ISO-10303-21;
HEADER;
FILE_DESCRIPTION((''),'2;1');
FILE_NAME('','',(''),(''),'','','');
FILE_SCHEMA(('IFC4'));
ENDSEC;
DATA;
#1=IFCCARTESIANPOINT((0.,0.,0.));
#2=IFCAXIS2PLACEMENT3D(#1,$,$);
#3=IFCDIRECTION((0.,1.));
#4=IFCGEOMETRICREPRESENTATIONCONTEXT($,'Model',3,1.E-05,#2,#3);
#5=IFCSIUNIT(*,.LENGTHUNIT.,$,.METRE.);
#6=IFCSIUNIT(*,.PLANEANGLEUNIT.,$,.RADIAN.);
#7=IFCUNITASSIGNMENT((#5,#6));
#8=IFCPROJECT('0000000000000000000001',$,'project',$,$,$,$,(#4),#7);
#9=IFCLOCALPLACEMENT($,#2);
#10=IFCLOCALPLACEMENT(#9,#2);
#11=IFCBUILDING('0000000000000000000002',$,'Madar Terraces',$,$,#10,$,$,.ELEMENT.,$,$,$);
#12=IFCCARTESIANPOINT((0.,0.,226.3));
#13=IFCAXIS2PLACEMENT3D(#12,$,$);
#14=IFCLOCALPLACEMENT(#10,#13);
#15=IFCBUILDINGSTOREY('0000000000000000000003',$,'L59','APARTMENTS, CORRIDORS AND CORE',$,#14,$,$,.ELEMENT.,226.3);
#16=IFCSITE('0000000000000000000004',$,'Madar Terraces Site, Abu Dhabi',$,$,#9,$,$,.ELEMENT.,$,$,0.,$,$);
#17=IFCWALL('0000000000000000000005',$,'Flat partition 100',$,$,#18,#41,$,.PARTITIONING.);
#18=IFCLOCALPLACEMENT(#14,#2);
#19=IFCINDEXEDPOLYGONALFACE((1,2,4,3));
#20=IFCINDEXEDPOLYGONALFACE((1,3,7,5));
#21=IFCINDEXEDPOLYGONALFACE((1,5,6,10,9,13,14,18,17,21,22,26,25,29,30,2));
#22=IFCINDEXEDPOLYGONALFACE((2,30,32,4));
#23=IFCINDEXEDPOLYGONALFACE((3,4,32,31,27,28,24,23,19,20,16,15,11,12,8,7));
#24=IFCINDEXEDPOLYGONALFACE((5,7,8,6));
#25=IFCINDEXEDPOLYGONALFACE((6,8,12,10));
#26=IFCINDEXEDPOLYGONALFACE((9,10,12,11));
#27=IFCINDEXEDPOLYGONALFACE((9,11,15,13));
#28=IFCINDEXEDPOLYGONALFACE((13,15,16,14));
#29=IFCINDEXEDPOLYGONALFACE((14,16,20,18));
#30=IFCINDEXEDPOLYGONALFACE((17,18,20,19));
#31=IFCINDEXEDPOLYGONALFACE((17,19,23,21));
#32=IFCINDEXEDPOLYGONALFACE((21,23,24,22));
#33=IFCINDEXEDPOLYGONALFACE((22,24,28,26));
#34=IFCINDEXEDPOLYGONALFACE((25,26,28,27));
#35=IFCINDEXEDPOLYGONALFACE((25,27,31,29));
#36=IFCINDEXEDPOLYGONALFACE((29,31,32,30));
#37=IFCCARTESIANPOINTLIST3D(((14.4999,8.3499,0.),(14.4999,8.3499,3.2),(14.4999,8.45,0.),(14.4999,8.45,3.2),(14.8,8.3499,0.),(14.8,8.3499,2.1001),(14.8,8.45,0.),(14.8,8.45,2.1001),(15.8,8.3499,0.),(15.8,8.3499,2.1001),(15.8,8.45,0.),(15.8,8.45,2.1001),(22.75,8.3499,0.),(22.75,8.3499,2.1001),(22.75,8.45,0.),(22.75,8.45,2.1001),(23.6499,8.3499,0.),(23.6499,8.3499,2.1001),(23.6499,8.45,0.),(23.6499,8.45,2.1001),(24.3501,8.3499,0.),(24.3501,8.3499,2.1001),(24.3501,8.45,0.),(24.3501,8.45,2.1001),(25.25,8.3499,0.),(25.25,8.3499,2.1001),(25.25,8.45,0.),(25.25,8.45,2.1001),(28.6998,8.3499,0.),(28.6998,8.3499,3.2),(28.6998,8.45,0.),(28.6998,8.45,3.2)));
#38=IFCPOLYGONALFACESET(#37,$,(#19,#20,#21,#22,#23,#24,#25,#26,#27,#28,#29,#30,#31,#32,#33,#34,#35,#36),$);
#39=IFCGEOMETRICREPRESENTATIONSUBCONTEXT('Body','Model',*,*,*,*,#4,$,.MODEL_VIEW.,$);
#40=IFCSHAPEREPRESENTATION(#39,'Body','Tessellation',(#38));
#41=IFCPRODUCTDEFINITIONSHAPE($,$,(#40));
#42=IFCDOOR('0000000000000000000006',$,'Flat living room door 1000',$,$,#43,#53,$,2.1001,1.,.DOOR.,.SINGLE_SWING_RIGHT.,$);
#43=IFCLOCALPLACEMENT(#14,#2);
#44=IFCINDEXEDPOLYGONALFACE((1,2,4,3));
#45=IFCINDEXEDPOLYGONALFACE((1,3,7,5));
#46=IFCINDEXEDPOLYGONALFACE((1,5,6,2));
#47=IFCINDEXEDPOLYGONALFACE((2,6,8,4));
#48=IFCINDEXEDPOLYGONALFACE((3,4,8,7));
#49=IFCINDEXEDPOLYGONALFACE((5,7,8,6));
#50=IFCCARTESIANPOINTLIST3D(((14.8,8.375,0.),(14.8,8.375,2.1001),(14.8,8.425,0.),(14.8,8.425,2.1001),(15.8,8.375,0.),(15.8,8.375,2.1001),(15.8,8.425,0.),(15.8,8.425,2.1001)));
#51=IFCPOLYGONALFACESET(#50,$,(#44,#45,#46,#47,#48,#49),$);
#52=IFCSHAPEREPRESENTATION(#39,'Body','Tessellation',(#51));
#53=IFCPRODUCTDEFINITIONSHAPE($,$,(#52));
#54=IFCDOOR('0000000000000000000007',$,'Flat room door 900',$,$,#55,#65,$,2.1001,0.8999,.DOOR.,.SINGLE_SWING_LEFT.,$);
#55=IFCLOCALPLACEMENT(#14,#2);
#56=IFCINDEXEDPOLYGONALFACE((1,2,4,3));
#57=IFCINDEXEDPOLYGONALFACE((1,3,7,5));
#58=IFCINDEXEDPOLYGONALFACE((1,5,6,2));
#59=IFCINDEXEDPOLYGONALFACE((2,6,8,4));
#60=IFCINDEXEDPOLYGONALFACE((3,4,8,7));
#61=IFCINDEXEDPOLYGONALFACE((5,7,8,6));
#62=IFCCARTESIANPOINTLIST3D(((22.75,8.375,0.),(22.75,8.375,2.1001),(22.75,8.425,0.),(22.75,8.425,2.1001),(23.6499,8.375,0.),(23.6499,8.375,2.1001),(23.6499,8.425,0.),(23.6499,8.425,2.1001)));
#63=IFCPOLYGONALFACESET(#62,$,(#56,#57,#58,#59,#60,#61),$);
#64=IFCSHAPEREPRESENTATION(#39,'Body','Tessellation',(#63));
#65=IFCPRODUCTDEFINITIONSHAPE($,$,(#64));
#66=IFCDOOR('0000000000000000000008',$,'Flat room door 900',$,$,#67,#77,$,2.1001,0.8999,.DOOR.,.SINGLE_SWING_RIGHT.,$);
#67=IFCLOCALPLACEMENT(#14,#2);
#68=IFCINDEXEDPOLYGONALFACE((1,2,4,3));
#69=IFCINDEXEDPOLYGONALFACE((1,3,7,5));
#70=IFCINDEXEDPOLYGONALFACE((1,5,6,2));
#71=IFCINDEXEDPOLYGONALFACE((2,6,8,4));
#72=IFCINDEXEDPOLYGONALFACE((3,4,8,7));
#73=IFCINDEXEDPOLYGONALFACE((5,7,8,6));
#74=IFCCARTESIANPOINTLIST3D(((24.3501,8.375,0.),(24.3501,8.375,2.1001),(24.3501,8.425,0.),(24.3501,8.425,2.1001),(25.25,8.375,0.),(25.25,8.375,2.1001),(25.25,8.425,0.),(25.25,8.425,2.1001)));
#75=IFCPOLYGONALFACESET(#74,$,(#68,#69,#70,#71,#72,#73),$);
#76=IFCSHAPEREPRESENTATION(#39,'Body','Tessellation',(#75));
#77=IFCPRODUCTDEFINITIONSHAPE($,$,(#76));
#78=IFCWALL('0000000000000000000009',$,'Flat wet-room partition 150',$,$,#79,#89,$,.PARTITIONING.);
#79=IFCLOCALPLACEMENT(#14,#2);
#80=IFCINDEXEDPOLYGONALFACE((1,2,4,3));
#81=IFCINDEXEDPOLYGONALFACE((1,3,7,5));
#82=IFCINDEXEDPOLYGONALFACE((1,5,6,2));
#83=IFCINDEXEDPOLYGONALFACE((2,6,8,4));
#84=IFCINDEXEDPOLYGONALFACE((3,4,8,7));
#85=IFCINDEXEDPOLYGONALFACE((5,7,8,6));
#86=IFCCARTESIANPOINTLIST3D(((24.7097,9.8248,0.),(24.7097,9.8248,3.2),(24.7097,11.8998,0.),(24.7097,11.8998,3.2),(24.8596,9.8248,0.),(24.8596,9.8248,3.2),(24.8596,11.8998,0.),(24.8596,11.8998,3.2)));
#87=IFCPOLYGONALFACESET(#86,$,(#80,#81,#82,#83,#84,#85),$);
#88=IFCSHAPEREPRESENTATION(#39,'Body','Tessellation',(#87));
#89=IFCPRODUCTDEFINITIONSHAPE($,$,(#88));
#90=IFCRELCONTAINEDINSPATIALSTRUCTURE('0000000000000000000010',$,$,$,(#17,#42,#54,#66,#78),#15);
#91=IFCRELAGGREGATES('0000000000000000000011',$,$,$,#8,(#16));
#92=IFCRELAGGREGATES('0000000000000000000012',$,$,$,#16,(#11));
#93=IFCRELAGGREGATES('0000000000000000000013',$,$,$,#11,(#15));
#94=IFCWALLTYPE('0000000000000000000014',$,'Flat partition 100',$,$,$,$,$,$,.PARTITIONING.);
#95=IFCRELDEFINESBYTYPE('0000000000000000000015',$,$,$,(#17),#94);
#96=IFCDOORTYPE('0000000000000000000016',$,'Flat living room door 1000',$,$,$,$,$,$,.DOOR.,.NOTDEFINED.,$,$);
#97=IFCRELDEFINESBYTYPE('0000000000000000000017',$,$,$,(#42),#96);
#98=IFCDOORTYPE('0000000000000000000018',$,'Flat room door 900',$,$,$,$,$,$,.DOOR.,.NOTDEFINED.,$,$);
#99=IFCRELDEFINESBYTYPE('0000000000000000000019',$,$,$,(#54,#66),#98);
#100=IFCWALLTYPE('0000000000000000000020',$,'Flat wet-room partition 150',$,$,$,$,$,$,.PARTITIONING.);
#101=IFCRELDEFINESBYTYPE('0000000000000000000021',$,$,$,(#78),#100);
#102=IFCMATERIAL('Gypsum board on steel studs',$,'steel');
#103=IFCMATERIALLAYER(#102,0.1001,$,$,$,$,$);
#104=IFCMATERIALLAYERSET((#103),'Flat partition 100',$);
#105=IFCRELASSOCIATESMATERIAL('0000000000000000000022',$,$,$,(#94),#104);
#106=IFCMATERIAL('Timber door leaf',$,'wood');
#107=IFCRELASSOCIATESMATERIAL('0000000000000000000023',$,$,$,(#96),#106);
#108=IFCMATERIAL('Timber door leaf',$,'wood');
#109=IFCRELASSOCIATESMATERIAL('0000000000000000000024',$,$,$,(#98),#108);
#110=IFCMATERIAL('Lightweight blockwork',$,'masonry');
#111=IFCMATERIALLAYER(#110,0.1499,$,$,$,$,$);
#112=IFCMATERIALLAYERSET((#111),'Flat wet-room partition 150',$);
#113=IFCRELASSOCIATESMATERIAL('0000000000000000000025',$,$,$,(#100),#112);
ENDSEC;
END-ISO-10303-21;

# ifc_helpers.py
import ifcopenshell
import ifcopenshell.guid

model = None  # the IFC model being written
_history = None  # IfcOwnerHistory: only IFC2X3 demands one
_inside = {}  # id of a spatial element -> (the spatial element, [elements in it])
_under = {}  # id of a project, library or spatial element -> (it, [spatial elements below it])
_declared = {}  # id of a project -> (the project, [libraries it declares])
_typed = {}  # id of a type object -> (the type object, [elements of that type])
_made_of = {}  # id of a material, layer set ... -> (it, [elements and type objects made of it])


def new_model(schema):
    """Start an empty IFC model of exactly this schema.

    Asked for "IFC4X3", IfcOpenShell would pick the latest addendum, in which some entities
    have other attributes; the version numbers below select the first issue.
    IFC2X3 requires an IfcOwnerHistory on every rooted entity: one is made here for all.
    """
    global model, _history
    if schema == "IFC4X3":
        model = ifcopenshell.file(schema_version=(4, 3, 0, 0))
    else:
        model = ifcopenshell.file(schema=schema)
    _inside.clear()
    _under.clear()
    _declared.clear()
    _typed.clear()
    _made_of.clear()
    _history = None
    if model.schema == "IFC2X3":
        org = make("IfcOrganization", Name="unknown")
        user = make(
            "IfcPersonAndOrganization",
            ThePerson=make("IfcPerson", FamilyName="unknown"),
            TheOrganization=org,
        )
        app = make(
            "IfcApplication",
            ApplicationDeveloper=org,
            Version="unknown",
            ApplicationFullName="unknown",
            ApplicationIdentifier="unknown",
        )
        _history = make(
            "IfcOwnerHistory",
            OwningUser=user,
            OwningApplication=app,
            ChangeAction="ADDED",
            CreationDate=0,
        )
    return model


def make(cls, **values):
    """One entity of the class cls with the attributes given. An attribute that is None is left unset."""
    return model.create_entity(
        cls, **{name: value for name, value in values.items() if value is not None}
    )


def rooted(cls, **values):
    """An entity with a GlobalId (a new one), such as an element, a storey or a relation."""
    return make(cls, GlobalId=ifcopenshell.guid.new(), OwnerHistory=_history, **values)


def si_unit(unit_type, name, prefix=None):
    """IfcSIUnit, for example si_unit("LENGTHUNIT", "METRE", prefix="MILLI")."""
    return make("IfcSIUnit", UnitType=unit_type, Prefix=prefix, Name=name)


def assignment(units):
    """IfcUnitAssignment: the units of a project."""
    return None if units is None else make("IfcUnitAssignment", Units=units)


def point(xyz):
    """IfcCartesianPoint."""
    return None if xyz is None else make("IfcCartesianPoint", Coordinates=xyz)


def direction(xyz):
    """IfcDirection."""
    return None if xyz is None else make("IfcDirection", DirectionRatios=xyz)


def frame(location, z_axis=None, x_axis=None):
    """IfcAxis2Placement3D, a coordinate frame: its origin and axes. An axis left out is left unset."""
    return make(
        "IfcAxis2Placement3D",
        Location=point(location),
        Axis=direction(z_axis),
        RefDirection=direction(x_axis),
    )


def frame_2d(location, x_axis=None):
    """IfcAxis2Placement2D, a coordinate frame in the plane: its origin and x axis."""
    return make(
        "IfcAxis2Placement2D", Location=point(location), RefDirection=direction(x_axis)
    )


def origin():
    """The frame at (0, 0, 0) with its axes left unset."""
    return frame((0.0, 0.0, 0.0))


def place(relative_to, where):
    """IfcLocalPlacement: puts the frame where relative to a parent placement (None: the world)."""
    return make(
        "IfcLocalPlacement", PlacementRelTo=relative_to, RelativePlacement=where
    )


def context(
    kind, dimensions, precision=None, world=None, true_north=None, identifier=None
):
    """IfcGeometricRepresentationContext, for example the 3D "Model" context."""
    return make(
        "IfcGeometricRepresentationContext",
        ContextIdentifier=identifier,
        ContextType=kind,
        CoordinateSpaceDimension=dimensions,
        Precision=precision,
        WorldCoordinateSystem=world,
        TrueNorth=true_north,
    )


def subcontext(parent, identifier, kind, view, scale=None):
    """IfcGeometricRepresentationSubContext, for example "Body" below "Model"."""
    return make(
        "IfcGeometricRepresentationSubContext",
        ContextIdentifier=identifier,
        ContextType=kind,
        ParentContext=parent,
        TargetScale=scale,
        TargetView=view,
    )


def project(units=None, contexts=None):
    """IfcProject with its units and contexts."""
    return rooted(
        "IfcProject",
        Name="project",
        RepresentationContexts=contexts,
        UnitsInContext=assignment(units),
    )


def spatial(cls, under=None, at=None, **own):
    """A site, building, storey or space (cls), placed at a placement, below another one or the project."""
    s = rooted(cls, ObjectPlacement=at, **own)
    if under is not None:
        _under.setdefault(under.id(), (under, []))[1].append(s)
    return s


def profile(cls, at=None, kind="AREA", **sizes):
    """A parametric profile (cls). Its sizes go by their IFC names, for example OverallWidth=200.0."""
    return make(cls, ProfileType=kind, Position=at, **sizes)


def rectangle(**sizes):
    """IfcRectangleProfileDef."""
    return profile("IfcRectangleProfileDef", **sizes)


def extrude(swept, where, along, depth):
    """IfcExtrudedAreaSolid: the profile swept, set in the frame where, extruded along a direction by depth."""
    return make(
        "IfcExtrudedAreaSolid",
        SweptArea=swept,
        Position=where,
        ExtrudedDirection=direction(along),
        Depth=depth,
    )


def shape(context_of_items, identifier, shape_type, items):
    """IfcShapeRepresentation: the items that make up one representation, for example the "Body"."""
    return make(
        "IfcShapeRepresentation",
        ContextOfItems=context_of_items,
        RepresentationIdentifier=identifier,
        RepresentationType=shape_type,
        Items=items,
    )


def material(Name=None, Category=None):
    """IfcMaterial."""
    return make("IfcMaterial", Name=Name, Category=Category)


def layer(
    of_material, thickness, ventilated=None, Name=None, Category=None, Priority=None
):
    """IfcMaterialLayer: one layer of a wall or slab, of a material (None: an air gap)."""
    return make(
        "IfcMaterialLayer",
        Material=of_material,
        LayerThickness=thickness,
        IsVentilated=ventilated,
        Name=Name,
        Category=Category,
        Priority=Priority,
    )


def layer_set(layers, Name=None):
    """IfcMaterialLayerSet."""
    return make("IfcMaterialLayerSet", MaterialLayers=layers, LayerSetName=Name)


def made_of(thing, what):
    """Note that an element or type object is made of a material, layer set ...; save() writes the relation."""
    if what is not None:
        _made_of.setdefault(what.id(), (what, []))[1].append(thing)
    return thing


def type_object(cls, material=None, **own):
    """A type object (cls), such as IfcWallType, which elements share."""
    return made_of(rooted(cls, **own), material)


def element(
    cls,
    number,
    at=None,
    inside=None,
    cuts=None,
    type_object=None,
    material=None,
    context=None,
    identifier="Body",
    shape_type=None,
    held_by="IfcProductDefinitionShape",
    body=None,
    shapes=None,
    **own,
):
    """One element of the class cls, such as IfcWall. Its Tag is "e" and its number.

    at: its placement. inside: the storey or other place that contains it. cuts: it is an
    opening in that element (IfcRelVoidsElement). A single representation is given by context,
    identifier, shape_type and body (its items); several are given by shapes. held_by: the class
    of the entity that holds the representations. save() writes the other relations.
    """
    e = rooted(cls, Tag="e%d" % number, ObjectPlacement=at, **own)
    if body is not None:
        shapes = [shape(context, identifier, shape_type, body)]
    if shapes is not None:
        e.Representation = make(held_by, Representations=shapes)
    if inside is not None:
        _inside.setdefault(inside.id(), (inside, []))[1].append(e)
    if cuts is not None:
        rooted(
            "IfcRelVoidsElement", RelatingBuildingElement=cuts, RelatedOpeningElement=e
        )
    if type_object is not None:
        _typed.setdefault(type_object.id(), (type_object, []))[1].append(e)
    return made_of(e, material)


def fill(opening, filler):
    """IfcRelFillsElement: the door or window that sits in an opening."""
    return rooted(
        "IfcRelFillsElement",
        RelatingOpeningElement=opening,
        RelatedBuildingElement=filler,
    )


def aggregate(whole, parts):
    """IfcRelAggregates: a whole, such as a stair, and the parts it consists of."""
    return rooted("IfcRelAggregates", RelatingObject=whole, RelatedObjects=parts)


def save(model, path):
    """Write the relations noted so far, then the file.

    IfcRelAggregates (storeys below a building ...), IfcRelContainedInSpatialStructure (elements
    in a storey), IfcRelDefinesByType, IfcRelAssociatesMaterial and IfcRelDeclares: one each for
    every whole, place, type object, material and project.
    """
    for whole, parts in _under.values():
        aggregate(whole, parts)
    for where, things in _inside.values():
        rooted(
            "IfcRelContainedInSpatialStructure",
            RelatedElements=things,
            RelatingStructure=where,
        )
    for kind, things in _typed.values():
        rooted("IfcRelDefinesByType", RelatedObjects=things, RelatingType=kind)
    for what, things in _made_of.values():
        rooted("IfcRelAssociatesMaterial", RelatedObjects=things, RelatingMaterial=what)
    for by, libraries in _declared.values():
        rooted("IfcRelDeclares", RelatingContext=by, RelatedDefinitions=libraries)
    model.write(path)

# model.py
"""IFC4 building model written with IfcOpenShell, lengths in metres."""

from ifc_helpers import new_model, si_unit, direction, frame, frame_2d, origin, place, context, subcontext, project, spatial, rectangle, extrude, material, layer, layer_set, type_object, element, fill, save


model = new_model("IFC4")

# Units and contexts
model_context = context("Model", 3, precision=1e-05, world=origin(), true_north=direction((0.0, 1.0)))
body_context = subcontext(model_context, "Body", "Model", "MODEL_VIEW")
ifc_project = project(units=[si_unit("LENGTHUNIT", "METRE"), si_unit("PLANEANGLEUNIT", "RADIAN")], contexts=[model_context])

# Site, building, storey
site_placement = place(None, origin())
site = spatial("IfcSite", under=ifc_project, at=site_placement, Name="Madar Terraces Site, Abu Dhabi", CompositionType="ELEMENT", RefElevation=0.0)
building_placement = place(site_placement, origin())
building = spatial("IfcBuilding", under=site, at=building_placement, Name="Madar Terraces", CompositionType="ELEMENT")
storey_placement = place(building_placement, frame((0.0, 0.0, 226.3)))
storey = spatial("IfcBuildingStorey", under=building, at=storey_placement, Name="L59", Description="APARTMENTS, CORRIDORS AND CORE", CompositionType="ELEMENT", Elevation=226.3)

# Shared definitions
ifc_material_1 = material(Name="Gypsum board on steel studs", Category="steel")
ifc_layer_1 = layer(ifc_material_1, 0.1001)
ifc_layer_set_1 = layer_set([ifc_layer_1], Name="Flat partition 100")
wall_type_1 = type_object("IfcWallType", Name="Flat partition 100", PredefinedType="PARTITIONING", material=ifc_layer_set_1)

# Wall, openings, doors
wall_1_placement = place(storey_placement, frame((28.7, 8.3999, 0.0), z_axis=(0.0, 0.0, 1.0), x_axis=(-1.0, 0.0, 0.0)))
wall_1 = element("IfcWall", 1, at=wall_1_placement, inside=storey, type_object=wall_type_1, Name="Flat partition 100", PredefinedType="PARTITIONING", context=body_context, shape_type="SweptSolid", body=[
    extrude(rectangle(XDim=14.2, YDim=0.1001, at=frame_2d((7.1001, 0.0))), origin(), (0.0, 0.0, 1.0), 3.2),
])
opening_1_placement = place(wall_1_placement, frame((12.8999, 0.0, 0.0)))
opening_1 = element("IfcOpeningElement", 2, at=opening_1_placement, cuts=wall_1, PredefinedType="OPENING", context=body_context, shape_type="SweptSolid", body=[
    extrude(rectangle(XDim=1.0, YDim=2.1001, at=frame_2d((0.5, 1.05))), frame((0.0, 0.0601, 0.0), z_axis=(0.0, -1.0, 0.0), x_axis=(1.0, 0.0, 0.0)), (0.0, 0.0, 1.0), 0.1201),
])
opening_2_placement = place(wall_1_placement, frame((5.05, 0.0, 0.0)))
opening_2 = element("IfcOpeningElement", 3, at=opening_2_placement, cuts=wall_1, PredefinedType="OPENING", context=body_context, shape_type="SweptSolid", body=[
    extrude(rectangle(XDim=0.8999, YDim=2.1001, at=frame_2d((0.45, 1.05))), frame((0.0, 0.0601, 0.0), z_axis=(0.0, -1.0, 0.0), x_axis=(1.0, 0.0, 0.0)), (0.0, 0.0, 1.0), 0.1201),
])
opening_3_placement = place(wall_1_placement, frame((3.45, 0.0, 0.0)))
opening_3 = element("IfcOpeningElement", 4, at=opening_3_placement, cuts=wall_1, PredefinedType="OPENING", context=body_context, shape_type="SweptSolid", body=[
    extrude(rectangle(XDim=0.8999, YDim=2.1001, at=frame_2d((0.45, 1.05))), frame((0.0, 0.0601, 0.0), z_axis=(0.0, -1.0, 0.0), x_axis=(1.0, 0.0, 0.0)), (0.0, 0.0, 1.0), 0.1201),
])
ifc_material_2 = material(Name="Timber door leaf", Category="wood")
door_type_1 = type_object("IfcDoorType", Name="Flat living room door 1000", OperationType="NOTDEFINED", PredefinedType="DOOR", material=ifc_material_2)
door_1_placement = place(opening_1_placement, origin())
door_1 = element("IfcDoor", 5, at=door_1_placement, inside=storey, type_object=door_type_1, Name="Flat living room door 1000", OperationType="SINGLE_SWING_RIGHT", OverallHeight=2.1001, OverallWidth=1.0, PredefinedType="DOOR", context=body_context, shape_type="SweptSolid", body=[
    extrude(rectangle(XDim=1.0, YDim=2.1001, at=frame_2d((0.5, 1.05))), frame((0.0, 0.0249, 0.0), z_axis=(0.0, -1.0, 0.0), x_axis=(1.0, 0.0, 0.0)), (0.0, 0.0, 1.0), 0.05),
])
fill(opening_1, door_1)
ifc_material_3 = material(Name="Timber door leaf", Category="wood")
door_type_2 = type_object("IfcDoorType", Name="Flat room door 900", OperationType="NOTDEFINED", PredefinedType="DOOR", material=ifc_material_3)
door_2_placement = place(opening_2_placement, origin())
door_2 = element("IfcDoor", 6, at=door_2_placement, inside=storey, type_object=door_type_2, Name="Flat room door 900", OperationType="SINGLE_SWING_LEFT", OverallHeight=2.1001, OverallWidth=0.8999, PredefinedType="DOOR", context=body_context, shape_type="SweptSolid", body=[
    extrude(rectangle(XDim=0.8999, YDim=2.1001, at=frame_2d((0.45, 1.05))), frame((0.0, 0.0249, 0.0), z_axis=(0.0, -1.0, 0.0), x_axis=(1.0, 0.0, 0.0)), (0.0, 0.0, 1.0), 0.05),
])
fill(opening_2, door_2)
door_3_placement = place(opening_3_placement, origin())
door_3 = element("IfcDoor", 7, at=door_3_placement, inside=storey, type_object=door_type_2, Name="Flat room door 900", OperationType="SINGLE_SWING_RIGHT", OverallHeight=2.1001, OverallWidth=0.8999, PredefinedType="DOOR", context=body_context, shape_type="SweptSolid", body=[
    extrude(rectangle(XDim=0.8999, YDim=2.1001, at=frame_2d((0.45, 1.05))), frame((0.0, 0.0249, 0.0), z_axis=(0.0, -1.0, 0.0), x_axis=(1.0, 0.0, 0.0)), (0.0, 0.0, 1.0), 0.05),
])
fill(opening_3, door_3)

# Wall
ifc_material_4 = material(Name="Lightweight blockwork", Category="masonry")
ifc_layer_2 = layer(ifc_material_4, 0.1499)
ifc_layer_set_2 = layer_set([ifc_layer_2], Name="Flat wet-room partition 150")
wall_type_2 = type_object("IfcWallType", Name="Flat wet-room partition 150", PredefinedType="PARTITIONING", material=ifc_layer_set_2)
wall_2_placement = place(storey_placement, frame((24.7847, 11.8999, 0.0), z_axis=(0.0, 0.0, 1.0), x_axis=(0.0, -1.0, 0.0)))
element("IfcWall", 8, at=wall_2_placement, inside=storey, type_object=wall_type_2, Name="Flat wet-room partition 150", PredefinedType="PARTITIONING", context=body_context, shape_type="SweptSolid", body=[
    extrude(rectangle(XDim=2.075, YDim=0.1499, at=frame_2d((1.0376, 0.0))), origin(), (0.0, 0.0, 1.0), 3.2),
])

save(model, "model.ifc")
